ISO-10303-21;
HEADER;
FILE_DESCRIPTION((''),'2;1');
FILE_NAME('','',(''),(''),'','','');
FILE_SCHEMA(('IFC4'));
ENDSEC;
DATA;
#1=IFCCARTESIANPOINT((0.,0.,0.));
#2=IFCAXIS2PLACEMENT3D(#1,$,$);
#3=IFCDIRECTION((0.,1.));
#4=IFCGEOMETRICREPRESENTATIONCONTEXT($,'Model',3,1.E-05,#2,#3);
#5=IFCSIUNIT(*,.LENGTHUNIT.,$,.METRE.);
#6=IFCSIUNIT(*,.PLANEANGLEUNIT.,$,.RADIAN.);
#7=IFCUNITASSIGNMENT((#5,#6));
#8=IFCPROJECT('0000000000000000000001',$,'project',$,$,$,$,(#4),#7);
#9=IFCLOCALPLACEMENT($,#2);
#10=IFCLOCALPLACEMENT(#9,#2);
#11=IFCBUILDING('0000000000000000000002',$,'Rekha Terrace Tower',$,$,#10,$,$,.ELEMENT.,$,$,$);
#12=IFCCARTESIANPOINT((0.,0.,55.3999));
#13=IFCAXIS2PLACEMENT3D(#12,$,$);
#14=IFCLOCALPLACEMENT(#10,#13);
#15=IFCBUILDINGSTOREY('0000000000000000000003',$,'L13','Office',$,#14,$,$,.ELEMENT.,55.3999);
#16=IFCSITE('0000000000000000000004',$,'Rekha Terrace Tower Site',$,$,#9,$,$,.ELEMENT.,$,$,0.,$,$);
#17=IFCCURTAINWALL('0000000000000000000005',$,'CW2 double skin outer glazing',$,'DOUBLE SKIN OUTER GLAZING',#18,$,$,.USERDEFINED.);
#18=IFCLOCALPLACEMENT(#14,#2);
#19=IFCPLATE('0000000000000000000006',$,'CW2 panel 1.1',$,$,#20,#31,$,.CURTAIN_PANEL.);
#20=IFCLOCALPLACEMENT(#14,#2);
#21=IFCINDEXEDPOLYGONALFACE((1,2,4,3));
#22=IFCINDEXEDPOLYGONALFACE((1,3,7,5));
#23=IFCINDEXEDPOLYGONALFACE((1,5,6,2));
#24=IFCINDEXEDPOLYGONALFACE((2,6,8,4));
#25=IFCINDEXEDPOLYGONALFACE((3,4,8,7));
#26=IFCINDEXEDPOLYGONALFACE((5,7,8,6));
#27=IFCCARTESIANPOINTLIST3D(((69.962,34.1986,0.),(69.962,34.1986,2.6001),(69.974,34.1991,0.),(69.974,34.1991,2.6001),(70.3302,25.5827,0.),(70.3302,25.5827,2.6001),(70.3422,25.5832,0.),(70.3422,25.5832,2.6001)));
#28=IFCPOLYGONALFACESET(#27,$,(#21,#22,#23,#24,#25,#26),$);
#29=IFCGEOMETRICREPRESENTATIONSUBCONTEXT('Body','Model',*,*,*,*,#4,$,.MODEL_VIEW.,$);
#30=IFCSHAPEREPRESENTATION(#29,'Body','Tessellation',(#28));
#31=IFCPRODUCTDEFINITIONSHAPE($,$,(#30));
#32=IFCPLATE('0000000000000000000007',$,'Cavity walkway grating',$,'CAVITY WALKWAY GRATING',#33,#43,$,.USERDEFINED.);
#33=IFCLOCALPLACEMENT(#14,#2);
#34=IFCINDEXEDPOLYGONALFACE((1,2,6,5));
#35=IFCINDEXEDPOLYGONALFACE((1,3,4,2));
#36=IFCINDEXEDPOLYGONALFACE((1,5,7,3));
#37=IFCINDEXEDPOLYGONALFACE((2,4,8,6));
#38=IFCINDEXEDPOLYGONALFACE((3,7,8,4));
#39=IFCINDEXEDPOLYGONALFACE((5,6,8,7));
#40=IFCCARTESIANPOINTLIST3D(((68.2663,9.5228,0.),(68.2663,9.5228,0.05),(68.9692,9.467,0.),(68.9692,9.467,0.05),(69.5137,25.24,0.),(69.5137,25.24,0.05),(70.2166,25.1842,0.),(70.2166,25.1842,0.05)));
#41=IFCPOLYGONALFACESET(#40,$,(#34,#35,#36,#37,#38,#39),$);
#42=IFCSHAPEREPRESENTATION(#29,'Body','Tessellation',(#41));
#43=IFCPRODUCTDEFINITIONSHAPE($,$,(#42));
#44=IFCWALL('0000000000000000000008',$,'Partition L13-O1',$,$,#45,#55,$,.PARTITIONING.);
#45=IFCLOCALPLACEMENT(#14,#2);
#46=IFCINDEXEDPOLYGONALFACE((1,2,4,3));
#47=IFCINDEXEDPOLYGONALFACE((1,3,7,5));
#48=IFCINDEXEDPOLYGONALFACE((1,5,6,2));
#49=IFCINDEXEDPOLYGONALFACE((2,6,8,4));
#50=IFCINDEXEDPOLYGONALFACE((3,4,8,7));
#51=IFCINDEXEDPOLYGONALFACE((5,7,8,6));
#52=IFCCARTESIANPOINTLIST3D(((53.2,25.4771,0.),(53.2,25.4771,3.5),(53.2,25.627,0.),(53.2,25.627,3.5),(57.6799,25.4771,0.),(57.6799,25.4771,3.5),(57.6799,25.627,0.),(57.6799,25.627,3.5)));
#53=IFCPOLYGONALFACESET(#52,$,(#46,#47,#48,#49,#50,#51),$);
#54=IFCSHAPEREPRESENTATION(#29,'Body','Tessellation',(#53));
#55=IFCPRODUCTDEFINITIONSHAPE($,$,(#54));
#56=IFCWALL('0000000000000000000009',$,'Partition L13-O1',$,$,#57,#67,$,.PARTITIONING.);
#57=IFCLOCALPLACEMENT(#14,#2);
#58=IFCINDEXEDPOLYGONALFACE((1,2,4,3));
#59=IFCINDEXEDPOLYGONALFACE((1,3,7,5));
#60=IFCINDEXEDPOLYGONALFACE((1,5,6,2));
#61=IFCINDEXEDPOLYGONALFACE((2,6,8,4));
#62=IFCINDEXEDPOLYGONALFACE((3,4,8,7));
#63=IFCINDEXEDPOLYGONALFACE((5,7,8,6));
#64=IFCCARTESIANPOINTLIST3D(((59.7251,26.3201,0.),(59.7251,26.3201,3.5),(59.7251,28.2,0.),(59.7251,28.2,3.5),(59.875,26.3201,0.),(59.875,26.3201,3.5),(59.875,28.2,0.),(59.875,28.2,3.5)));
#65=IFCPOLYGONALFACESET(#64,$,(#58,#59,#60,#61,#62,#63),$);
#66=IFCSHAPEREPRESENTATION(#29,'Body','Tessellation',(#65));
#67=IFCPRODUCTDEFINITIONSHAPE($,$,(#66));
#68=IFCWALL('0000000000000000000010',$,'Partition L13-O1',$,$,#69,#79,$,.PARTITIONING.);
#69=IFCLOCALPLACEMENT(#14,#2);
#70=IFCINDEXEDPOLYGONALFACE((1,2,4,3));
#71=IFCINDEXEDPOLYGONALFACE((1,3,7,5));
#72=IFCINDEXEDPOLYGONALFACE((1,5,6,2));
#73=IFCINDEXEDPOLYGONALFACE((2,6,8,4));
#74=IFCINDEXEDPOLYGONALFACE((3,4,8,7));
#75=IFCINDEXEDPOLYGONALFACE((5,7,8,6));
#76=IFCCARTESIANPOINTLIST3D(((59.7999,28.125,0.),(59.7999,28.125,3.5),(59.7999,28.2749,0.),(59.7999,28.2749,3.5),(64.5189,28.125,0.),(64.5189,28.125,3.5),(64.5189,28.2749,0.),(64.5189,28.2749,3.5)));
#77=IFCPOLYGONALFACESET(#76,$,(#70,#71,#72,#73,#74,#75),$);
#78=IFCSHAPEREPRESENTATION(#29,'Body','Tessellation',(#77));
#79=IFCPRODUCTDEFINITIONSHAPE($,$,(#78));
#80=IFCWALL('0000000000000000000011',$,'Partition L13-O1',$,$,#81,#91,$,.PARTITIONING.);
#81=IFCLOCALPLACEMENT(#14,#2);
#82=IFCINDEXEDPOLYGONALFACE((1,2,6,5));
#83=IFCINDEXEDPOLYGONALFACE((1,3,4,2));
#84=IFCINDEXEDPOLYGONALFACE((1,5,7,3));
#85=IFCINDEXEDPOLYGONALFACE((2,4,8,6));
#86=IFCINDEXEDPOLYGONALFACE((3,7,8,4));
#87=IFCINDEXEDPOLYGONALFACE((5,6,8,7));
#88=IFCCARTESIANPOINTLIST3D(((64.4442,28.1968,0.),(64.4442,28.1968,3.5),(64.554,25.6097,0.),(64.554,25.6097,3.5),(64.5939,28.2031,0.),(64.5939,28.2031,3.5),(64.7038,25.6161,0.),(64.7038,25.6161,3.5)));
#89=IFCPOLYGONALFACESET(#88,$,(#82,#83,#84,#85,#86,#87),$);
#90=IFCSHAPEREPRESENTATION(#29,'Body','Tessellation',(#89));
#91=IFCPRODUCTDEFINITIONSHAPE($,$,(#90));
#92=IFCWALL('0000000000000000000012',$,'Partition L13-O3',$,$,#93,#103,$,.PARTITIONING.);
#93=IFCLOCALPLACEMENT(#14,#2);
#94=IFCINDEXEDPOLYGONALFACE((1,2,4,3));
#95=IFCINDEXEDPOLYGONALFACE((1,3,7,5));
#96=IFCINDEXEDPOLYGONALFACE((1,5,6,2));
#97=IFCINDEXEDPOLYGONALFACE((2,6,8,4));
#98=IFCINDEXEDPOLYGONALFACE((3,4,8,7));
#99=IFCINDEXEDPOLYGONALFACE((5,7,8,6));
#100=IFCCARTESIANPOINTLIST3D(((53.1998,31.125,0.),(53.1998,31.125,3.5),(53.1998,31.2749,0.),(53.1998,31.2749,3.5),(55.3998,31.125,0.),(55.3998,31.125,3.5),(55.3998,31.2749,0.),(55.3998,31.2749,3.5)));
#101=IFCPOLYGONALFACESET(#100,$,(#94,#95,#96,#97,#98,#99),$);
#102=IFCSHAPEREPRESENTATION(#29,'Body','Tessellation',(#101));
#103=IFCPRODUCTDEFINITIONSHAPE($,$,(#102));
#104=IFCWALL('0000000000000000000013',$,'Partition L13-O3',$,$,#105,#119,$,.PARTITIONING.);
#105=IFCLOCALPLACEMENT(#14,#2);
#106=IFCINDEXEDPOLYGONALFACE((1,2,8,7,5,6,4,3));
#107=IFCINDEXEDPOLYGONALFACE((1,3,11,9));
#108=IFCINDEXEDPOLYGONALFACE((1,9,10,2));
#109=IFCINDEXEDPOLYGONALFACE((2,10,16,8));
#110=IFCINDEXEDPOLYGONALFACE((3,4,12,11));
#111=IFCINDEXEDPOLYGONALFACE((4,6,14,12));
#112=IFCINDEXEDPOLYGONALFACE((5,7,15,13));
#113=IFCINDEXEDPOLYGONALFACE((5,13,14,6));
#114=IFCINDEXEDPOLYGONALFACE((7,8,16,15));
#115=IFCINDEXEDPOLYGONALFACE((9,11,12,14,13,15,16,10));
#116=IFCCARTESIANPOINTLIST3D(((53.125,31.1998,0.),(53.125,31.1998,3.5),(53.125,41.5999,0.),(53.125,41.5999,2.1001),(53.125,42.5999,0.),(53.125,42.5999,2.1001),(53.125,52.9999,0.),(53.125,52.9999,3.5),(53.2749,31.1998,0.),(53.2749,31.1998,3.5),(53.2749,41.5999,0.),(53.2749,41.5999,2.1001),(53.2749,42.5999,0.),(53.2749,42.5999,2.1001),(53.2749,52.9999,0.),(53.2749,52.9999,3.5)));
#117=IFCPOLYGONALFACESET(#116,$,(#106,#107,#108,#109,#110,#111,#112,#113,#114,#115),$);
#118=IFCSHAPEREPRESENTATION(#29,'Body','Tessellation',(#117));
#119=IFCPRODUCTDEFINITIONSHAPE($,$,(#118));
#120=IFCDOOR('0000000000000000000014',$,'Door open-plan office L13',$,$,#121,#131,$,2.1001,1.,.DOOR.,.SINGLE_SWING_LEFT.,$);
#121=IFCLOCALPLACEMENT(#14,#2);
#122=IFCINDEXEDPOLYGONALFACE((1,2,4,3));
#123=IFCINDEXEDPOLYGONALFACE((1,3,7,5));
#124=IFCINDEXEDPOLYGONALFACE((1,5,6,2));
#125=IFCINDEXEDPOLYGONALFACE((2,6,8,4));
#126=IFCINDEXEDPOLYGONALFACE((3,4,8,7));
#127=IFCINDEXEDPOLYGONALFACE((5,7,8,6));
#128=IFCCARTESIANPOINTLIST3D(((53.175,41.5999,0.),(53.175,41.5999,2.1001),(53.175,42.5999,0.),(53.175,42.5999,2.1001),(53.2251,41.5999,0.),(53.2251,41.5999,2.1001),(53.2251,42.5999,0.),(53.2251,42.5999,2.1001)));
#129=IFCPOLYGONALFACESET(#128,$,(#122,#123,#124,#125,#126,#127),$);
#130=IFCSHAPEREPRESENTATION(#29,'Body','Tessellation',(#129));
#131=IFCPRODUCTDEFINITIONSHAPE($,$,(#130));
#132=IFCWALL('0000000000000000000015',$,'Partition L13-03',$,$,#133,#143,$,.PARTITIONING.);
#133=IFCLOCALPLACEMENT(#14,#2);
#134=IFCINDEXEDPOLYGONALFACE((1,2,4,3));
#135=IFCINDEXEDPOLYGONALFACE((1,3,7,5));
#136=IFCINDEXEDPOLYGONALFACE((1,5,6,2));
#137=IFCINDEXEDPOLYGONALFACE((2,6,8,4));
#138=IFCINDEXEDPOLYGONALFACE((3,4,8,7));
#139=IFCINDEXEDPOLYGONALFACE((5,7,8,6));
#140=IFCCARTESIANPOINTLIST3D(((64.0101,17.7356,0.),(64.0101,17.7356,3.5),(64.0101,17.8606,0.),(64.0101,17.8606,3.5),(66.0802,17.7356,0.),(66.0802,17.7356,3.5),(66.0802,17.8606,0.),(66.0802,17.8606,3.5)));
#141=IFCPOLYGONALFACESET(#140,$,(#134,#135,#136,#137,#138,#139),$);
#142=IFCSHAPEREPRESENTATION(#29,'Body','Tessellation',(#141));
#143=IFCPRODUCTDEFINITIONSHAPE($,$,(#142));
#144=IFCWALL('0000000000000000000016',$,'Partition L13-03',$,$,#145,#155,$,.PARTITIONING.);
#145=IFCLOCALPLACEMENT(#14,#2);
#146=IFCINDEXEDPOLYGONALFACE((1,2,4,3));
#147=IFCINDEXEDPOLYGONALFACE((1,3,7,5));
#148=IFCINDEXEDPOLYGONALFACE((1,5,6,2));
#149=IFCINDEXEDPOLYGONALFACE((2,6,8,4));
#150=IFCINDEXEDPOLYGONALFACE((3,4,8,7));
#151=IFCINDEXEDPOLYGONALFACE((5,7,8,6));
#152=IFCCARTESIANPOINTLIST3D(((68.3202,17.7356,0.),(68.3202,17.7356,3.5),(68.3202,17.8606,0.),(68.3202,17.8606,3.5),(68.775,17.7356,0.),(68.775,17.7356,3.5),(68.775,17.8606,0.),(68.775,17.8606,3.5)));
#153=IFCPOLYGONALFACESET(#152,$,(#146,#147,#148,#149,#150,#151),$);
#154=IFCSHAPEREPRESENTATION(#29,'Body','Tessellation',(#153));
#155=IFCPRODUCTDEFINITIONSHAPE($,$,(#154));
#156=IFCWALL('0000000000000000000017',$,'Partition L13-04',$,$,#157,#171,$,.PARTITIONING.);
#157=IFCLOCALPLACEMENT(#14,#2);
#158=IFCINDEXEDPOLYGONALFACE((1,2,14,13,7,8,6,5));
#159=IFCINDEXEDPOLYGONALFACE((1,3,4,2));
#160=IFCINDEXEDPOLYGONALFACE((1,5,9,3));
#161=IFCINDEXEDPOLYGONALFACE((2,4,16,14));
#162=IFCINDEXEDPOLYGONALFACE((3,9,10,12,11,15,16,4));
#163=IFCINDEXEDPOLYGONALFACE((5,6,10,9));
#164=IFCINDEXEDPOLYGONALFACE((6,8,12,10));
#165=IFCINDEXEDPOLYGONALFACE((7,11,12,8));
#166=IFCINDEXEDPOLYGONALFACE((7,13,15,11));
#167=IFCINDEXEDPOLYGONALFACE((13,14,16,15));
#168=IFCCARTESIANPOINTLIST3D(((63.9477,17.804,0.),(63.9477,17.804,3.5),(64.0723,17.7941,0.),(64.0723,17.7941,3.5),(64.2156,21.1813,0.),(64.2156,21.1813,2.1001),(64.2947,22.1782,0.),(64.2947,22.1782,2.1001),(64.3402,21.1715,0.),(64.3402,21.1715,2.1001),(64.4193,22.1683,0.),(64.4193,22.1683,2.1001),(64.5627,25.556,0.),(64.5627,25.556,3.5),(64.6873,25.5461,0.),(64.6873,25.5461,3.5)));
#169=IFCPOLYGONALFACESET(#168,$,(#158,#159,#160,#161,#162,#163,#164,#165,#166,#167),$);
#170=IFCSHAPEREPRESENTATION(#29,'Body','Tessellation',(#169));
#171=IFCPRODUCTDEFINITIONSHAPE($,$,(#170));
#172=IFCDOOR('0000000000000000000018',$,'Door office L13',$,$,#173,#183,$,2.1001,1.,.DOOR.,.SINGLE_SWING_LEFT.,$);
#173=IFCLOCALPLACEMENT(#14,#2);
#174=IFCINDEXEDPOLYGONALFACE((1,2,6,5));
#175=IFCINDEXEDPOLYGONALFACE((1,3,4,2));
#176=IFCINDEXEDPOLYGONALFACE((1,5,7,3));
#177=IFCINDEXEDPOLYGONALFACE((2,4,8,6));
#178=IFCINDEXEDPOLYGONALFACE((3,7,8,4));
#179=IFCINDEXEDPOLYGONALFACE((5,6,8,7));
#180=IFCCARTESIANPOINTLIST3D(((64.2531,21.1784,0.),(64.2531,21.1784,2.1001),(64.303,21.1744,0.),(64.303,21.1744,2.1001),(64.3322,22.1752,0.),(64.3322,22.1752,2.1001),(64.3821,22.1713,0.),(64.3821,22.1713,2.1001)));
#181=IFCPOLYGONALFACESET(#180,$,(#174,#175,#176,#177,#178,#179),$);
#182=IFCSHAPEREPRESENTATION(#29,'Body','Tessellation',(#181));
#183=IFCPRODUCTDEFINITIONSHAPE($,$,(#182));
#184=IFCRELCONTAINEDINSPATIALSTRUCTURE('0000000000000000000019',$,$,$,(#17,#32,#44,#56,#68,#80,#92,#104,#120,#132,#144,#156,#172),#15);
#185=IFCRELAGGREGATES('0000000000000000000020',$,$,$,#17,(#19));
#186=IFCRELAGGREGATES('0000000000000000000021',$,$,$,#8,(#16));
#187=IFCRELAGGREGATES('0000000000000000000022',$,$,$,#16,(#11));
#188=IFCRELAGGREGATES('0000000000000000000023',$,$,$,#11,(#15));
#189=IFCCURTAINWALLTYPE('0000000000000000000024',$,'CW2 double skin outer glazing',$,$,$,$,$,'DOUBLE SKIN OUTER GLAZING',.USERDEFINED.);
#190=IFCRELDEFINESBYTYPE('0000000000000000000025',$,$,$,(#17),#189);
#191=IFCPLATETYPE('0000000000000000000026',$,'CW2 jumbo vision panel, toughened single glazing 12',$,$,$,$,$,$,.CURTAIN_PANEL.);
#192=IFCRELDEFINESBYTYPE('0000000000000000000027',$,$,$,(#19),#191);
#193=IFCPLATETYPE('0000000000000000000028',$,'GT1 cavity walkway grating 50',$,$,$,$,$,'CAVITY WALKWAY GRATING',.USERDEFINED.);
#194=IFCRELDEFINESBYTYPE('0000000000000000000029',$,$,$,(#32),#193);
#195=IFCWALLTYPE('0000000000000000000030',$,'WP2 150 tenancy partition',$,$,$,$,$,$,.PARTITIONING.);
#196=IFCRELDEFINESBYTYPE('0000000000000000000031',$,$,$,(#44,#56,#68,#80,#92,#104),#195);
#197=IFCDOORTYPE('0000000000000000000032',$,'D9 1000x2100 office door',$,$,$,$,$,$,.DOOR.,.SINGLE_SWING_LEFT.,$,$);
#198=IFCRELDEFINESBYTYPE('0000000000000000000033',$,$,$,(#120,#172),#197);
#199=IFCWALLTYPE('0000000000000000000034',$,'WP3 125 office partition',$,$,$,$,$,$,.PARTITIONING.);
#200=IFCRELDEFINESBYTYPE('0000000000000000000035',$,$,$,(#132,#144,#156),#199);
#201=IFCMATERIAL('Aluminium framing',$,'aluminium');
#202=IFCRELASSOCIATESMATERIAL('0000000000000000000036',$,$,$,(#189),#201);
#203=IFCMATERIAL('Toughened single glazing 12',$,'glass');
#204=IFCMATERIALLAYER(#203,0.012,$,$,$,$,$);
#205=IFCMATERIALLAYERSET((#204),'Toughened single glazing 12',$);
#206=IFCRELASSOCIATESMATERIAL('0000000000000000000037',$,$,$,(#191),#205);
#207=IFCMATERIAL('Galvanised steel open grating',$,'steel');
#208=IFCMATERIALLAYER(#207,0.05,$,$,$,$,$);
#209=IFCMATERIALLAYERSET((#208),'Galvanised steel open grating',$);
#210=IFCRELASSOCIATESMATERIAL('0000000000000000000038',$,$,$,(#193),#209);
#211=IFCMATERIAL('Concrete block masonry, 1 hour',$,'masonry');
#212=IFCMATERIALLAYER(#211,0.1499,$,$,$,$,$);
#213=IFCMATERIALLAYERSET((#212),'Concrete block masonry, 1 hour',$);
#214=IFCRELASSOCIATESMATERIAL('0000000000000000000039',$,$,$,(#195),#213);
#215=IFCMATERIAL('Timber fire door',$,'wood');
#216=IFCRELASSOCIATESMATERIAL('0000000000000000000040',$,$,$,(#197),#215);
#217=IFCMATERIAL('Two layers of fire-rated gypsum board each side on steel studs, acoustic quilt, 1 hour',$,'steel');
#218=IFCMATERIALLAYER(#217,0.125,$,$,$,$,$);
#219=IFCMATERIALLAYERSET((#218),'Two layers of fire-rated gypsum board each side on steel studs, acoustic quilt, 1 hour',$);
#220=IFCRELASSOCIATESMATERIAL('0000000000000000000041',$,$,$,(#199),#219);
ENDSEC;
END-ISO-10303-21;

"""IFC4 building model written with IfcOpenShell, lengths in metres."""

from ifc_helpers import new_model, si_unit, direction, frame, frame_2d, origin, origin_2d, place, context, subcontext, project, spatial, rectangle, extrude, material, layer, layer_set, type_object, element, fill, aggregate, save


model = new_model("IFC4")

# Units and contexts
model_context = context("Model", 3, precision=1e-05, world=origin(), true_north=direction((0.0, 1.0)))
body_context = subcontext(model_context, "Body", "Model", "MODEL_VIEW")
ifc_project = project(units=[si_unit("LENGTHUNIT", "METRE"), si_unit("PLANEANGLEUNIT", "RADIAN")], contexts=[model_context])

# Site, building, storey
site_placement = place(None, origin())
site = spatial("IfcSite", under=ifc_project, at=site_placement, Name="Rekha Terrace Tower Site", CompositionType="ELEMENT", RefElevation=0.0)
building_placement = place(site_placement, origin())
building = spatial("IfcBuilding", under=site, at=building_placement, Name="Rekha Terrace Tower", CompositionType="ELEMENT")
storey_placement = place(building_placement, frame((0.0, 0.0, 55.3999)))
storey = spatial("IfcBuildingStorey", under=building, at=storey_placement, Name="L13", Description="Office", CompositionType="ELEMENT", Elevation=55.3999)

# Shared definitions
ifc_material_1 = material(Name="Aluminium framing", Category="aluminium")

# Curtain wall
curtain_wall_type_1 = type_object("IfcCurtainWallType", Name="CW2 double skin outer glazing", ElementType="DOUBLE SKIN OUTER GLAZING", PredefinedType="USERDEFINED", material=ifc_material_1)
curtain_wall_1_placement = place(storey_placement, origin())
curtain_wall_1 = element("IfcCurtainWall", 1, at=curtain_wall_1_placement, inside=storey, type_object=curtain_wall_type_1, Name="CW2 double skin outer glazing", ObjectType="DOUBLE SKIN OUTER GLAZING", PredefinedType="USERDEFINED")

# Shared definitions
ifc_material_2 = material(Name="Toughened single glazing 12", Category="glass")
ifc_layer_1 = layer(ifc_material_2, 0.012)
ifc_layer_set_1 = layer_set([ifc_layer_1], Name="Toughened single glazing 12")
plate_type_1 = type_object("IfcPlateType", Name="CW2 jumbo vision panel, toughened single glazing 12", PredefinedType="CURTAIN_PANEL", material=ifc_layer_set_1)

# Plates
plate_1_placement = place(storey_placement, frame((70.1521, 29.8909, 0.0), z_axis=(0.0, 0.0, 1.0), x_axis=(-0.042696, 0.999088, 0.0)))
plate_1 = element("IfcPlate", 2, at=plate_1_placement, type_object=plate_type_1, Name="CW2 panel 1.1", PredefinedType="CURTAIN_PANEL", context=body_context, shape_type="SweptSolid", body=[
    extrude(rectangle(XDim=8.6238, YDim=0.012, at=origin_2d()), origin(), (0.0, 0.0, 1.0), 2.6001),
])
aggregate(curtain_wall_1, [plate_1])
ifc_material_3 = material(Name="Galvanised steel open grating", Category="steel")
ifc_layer_2 = layer(ifc_material_3, 0.05)
ifc_layer_set_2 = layer_set([ifc_layer_2], Name="Galvanised steel open grating")
plate_type_2 = type_object("IfcPlateType", Name="GT1 cavity walkway grating 50", ElementType="CAVITY WALKWAY GRATING", PredefinedType="USERDEFINED", material=ifc_layer_set_2)
plate_2_placement = place(storey_placement, frame((69.2415, 17.3535, 0.0), z_axis=(0.0, 0.0, 1.0), x_axis=(0.079116, 0.996865, 0.0)))
element("IfcPlate", 3, at=plate_2_placement, inside=storey, type_object=plate_type_2, Name="Cavity walkway grating", ObjectType="CAVITY WALKWAY GRATING", PredefinedType="USERDEFINED", context=body_context, shape_type="SweptSolid", body=[
    extrude(rectangle(XDim=15.7666, YDim=0.7051, at=origin_2d()), origin(), (0.0, 0.0, 1.0), 0.05),
])

# Walls
ifc_material_4 = material(Name="Concrete block masonry, 1 hour", Category="masonry")
ifc_layer_3 = layer(ifc_material_4, 0.1499)
ifc_layer_set_3 = layer_set([ifc_layer_3], Name="Concrete block masonry, 1 hour")
wall_type_1 = type_object("IfcWallType", Name="WP2 150 tenancy partition", PredefinedType="PARTITIONING", material=ifc_layer_set_3)
wall_1_placement = place(storey_placement, frame((53.2, 25.552, 0.0), z_axis=(0.0, 0.0, 1.0), x_axis=(1.0, 0.0, 0.0)))
element("IfcWall", 4, at=wall_1_placement, inside=storey, type_object=wall_type_1, Name="Partition L13-O1", PredefinedType="PARTITIONING", context=body_context, shape_type="SweptSolid", body=[
    extrude(rectangle(XDim=4.48, YDim=0.1499, at=frame_2d((2.24, 0.0))), origin(), (0.0, 0.0, 1.0), 3.5),
])
wall_2_placement = place(storey_placement, frame((59.8, 26.3201, 0.0), z_axis=(0.0, 0.0, 1.0), x_axis=(0.0, 1.0, 0.0)))
element("IfcWall", 5, at=wall_2_placement, inside=storey, type_object=wall_type_1, Name="Partition L13-O1", PredefinedType="PARTITIONING", context=body_context, shape_type="SweptSolid", body=[
    extrude(rectangle(XDim=1.8799, YDim=0.1499, at=frame_2d((0.9399, 0.0))), origin(), (0.0, 0.0, 1.0), 3.5),
])
wall_3_placement = place(storey_placement, frame((59.8, 28.2, 0.0), z_axis=(0.0, 0.0, 1.0), x_axis=(1.0, 0.0, 0.0)))
element("IfcWall", 6, at=wall_3_placement, inside=storey, type_object=wall_type_1, Name="Partition L13-O1", PredefinedType="PARTITIONING", context=body_context, shape_type="SweptSolid", body=[
    extrude(rectangle(XDim=4.719, YDim=0.1499, at=frame_2d((2.3594, 0.0))), origin(), (0.0, 0.0, 1.0), 3.5),
])
wall_4_placement = place(storey_placement, frame((64.519, 28.2, 0.0), z_axis=(0.0, 0.0, 1.0), x_axis=(0.042431, -0.999099, 0.0)))
element("IfcWall", 7, at=wall_4_placement, inside=storey, type_object=wall_type_1, Name="Partition L13-O1", PredefinedType="PARTITIONING", context=body_context, shape_type="SweptSolid", body=[
    extrude(rectangle(XDim=2.5894, YDim=0.1499, at=frame_2d((1.2947, 0.0))), origin(), (0.0, 0.0, 1.0), 3.5),
])
wall_5_placement = place(storey_placement, frame((55.3999, 31.2, 0.0), z_axis=(0.0, 0.0, 1.0), x_axis=(-1.0, 0.0, 0.0)))
element("IfcWall", 8, at=wall_5_placement, inside=storey, type_object=wall_type_1, Name="Partition L13-O3", PredefinedType="PARTITIONING", context=body_context, shape_type="SweptSolid", body=[
    extrude(rectangle(XDim=2.2, YDim=0.1499, at=frame_2d((1.1001, 0.0))), origin(), (0.0, 0.0, 1.0), 3.5),
])

# Wall, opening, door
wall_6_placement = place(storey_placement, frame((53.2, 31.2, 0.0), z_axis=(0.0, 0.0, 1.0), x_axis=(0.0, 1.0, 0.0)))
wall_6 = element("IfcWall", 9, at=wall_6_placement, inside=storey, type_object=wall_type_1, Name="Partition L13-O3", PredefinedType="PARTITIONING", context=body_context, shape_type="SweptSolid", body=[
    extrude(rectangle(XDim=21.8, YDim=0.1499, at=frame_2d((10.8999, 0.0))), origin(), (0.0, 0.0, 1.0), 3.5),
])
opening_1_placement = place(wall_6_placement, frame((10.3999, 0.0, 0.0)))
opening_1 = element("IfcOpeningElement", 10, at=opening_1_placement, cuts=wall_6, PredefinedType="OPENING", context=body_context, shape_type="SweptSolid", body=[
    extrude(rectangle(XDim=1.0, YDim=2.1001, at=frame_2d((0.5, 1.05))), frame((0.0, 0.085, 0.0), z_axis=(0.0, -1.0, 0.0), x_axis=(1.0, 0.0, 0.0)), (0.0, 0.0, 1.0), 0.1699),
])
ifc_material_5 = material(Name="Timber fire door", Category="wood")
door_type_1 = type_object("IfcDoorType", Name="D9 1000x2100 office door", OperationType="SINGLE_SWING_LEFT", PredefinedType="DOOR", material=ifc_material_5)
door_1_placement = place(opening_1_placement, origin())
door_1 = element("IfcDoor", 11, at=door_1_placement, inside=storey, type_object=door_type_1, Name="Door open-plan office L13", OperationType="SINGLE_SWING_LEFT", OverallHeight=2.1001, OverallWidth=1.0, PredefinedType="DOOR", context=body_context, shape_type="SweptSolid", body=[
    extrude(rectangle(XDim=1.0, YDim=2.1001, at=frame_2d((0.5, 1.05))), frame((0.0, 0.0249, 0.0), z_axis=(0.0, -1.0, 0.0), x_axis=(1.0, 0.0, 0.0)), (0.0, 0.0, 1.0), 0.05),
])
fill(opening_1, door_1)

# Walls
ifc_material_6 = material(Name="Two layers of fire-rated gypsum board each side on steel studs, acoustic quilt, 1 hour", Category="steel")
ifc_layer_4 = layer(ifc_material_6, 0.125)
ifc_layer_set_4 = layer_set([ifc_layer_4], Name="Two layers of fire-rated gypsum board each side on steel studs, acoustic quilt, 1 hour")
wall_type_2 = type_object("IfcWallType", Name="WP3 125 office partition", PredefinedType="PARTITIONING", material=ifc_layer_set_4)
wall_7_placement = place(storey_placement, frame((64.01, 17.7981, 0.0), z_axis=(0.0, 0.0, 1.0), x_axis=(1.0, 0.0, 0.0)))
element("IfcWall", 12, at=wall_7_placement, inside=storey, type_object=wall_type_2, Name="Partition L13-03", PredefinedType="PARTITIONING", context=body_context, shape_type="SweptSolid", body=[
    extrude(rectangle(XDim=2.0701, YDim=0.125, at=frame_2d((1.0352, 0.0))), origin(), (0.0, 0.0, 1.0), 3.5),
])
wall_8_placement = place(storey_placement, frame((68.3201, 17.7981, 0.0), z_axis=(0.0, 0.0, 1.0), x_axis=(1.0, 0.0, 0.0)))
element("IfcWall", 13, at=wall_8_placement, inside=storey, type_object=wall_type_2, Name="Partition L13-03", PredefinedType="PARTITIONING", context=body_context, shape_type="SweptSolid", body=[
    extrude(rectangle(XDim=0.4548, YDim=0.125, at=frame_2d((0.2275, 0.0))), origin(), (0.0, 0.0, 1.0), 3.5),
])

# Wall, opening, door
wall_9_placement = place(storey_placement, frame((64.01, 17.7991, 0.0), z_axis=(0.0, 0.0, 1.0), x_axis=(0.079085, 0.996868, 0.0)))
wall_9 = element("IfcWall", 14, at=wall_9_placement, inside=storey, type_object=wall_type_2, Name="Partition L13-04", PredefinedType="PARTITIONING", context=body_context, shape_type="SweptSolid", body=[
    extrude(rectangle(XDim=7.7764, YDim=0.125, at=frame_2d((3.8882, 0.0))), origin(), (0.0, 0.0, 1.0), 3.5),
])
opening_2_placement = place(wall_9_placement, frame((3.3879, 0.0, 0.0)))
opening_2 = element("IfcOpeningElement", 15, at=opening_2_placement, cuts=wall_9, PredefinedType="OPENING", context=body_context, shape_type="SweptSolid", body=[
    extrude(rectangle(XDim=1.0, YDim=2.1001, at=frame_2d((0.5, 1.05))), frame((0.0, 0.0725, 0.0), z_axis=(0.0, -1.0, 0.0), x_axis=(1.0, 0.0, 0.0)), (0.0, 0.0, 1.0), 0.145),
])
door_2_placement = place(opening_2_placement, origin())
door_2 = element("IfcDoor", 16, at=door_2_placement, inside=storey, type_object=door_type_1, Name="Door office L13", OperationType="SINGLE_SWING_LEFT", OverallHeight=2.1001, OverallWidth=1.0, PredefinedType="DOOR", context=body_context, shape_type="SweptSolid", body=[
    extrude(rectangle(XDim=1.0, YDim=2.1001, at=frame_2d((0.5, 1.05))), frame((0.0, 0.0249, 0.0), z_axis=(0.0, -1.0, 0.0), x_axis=(1.0, 0.0, 0.0)), (0.0, 0.0, 1.0), 0.05),
])
fill(opening_2, door_2)

save(model, "model.ifc")
